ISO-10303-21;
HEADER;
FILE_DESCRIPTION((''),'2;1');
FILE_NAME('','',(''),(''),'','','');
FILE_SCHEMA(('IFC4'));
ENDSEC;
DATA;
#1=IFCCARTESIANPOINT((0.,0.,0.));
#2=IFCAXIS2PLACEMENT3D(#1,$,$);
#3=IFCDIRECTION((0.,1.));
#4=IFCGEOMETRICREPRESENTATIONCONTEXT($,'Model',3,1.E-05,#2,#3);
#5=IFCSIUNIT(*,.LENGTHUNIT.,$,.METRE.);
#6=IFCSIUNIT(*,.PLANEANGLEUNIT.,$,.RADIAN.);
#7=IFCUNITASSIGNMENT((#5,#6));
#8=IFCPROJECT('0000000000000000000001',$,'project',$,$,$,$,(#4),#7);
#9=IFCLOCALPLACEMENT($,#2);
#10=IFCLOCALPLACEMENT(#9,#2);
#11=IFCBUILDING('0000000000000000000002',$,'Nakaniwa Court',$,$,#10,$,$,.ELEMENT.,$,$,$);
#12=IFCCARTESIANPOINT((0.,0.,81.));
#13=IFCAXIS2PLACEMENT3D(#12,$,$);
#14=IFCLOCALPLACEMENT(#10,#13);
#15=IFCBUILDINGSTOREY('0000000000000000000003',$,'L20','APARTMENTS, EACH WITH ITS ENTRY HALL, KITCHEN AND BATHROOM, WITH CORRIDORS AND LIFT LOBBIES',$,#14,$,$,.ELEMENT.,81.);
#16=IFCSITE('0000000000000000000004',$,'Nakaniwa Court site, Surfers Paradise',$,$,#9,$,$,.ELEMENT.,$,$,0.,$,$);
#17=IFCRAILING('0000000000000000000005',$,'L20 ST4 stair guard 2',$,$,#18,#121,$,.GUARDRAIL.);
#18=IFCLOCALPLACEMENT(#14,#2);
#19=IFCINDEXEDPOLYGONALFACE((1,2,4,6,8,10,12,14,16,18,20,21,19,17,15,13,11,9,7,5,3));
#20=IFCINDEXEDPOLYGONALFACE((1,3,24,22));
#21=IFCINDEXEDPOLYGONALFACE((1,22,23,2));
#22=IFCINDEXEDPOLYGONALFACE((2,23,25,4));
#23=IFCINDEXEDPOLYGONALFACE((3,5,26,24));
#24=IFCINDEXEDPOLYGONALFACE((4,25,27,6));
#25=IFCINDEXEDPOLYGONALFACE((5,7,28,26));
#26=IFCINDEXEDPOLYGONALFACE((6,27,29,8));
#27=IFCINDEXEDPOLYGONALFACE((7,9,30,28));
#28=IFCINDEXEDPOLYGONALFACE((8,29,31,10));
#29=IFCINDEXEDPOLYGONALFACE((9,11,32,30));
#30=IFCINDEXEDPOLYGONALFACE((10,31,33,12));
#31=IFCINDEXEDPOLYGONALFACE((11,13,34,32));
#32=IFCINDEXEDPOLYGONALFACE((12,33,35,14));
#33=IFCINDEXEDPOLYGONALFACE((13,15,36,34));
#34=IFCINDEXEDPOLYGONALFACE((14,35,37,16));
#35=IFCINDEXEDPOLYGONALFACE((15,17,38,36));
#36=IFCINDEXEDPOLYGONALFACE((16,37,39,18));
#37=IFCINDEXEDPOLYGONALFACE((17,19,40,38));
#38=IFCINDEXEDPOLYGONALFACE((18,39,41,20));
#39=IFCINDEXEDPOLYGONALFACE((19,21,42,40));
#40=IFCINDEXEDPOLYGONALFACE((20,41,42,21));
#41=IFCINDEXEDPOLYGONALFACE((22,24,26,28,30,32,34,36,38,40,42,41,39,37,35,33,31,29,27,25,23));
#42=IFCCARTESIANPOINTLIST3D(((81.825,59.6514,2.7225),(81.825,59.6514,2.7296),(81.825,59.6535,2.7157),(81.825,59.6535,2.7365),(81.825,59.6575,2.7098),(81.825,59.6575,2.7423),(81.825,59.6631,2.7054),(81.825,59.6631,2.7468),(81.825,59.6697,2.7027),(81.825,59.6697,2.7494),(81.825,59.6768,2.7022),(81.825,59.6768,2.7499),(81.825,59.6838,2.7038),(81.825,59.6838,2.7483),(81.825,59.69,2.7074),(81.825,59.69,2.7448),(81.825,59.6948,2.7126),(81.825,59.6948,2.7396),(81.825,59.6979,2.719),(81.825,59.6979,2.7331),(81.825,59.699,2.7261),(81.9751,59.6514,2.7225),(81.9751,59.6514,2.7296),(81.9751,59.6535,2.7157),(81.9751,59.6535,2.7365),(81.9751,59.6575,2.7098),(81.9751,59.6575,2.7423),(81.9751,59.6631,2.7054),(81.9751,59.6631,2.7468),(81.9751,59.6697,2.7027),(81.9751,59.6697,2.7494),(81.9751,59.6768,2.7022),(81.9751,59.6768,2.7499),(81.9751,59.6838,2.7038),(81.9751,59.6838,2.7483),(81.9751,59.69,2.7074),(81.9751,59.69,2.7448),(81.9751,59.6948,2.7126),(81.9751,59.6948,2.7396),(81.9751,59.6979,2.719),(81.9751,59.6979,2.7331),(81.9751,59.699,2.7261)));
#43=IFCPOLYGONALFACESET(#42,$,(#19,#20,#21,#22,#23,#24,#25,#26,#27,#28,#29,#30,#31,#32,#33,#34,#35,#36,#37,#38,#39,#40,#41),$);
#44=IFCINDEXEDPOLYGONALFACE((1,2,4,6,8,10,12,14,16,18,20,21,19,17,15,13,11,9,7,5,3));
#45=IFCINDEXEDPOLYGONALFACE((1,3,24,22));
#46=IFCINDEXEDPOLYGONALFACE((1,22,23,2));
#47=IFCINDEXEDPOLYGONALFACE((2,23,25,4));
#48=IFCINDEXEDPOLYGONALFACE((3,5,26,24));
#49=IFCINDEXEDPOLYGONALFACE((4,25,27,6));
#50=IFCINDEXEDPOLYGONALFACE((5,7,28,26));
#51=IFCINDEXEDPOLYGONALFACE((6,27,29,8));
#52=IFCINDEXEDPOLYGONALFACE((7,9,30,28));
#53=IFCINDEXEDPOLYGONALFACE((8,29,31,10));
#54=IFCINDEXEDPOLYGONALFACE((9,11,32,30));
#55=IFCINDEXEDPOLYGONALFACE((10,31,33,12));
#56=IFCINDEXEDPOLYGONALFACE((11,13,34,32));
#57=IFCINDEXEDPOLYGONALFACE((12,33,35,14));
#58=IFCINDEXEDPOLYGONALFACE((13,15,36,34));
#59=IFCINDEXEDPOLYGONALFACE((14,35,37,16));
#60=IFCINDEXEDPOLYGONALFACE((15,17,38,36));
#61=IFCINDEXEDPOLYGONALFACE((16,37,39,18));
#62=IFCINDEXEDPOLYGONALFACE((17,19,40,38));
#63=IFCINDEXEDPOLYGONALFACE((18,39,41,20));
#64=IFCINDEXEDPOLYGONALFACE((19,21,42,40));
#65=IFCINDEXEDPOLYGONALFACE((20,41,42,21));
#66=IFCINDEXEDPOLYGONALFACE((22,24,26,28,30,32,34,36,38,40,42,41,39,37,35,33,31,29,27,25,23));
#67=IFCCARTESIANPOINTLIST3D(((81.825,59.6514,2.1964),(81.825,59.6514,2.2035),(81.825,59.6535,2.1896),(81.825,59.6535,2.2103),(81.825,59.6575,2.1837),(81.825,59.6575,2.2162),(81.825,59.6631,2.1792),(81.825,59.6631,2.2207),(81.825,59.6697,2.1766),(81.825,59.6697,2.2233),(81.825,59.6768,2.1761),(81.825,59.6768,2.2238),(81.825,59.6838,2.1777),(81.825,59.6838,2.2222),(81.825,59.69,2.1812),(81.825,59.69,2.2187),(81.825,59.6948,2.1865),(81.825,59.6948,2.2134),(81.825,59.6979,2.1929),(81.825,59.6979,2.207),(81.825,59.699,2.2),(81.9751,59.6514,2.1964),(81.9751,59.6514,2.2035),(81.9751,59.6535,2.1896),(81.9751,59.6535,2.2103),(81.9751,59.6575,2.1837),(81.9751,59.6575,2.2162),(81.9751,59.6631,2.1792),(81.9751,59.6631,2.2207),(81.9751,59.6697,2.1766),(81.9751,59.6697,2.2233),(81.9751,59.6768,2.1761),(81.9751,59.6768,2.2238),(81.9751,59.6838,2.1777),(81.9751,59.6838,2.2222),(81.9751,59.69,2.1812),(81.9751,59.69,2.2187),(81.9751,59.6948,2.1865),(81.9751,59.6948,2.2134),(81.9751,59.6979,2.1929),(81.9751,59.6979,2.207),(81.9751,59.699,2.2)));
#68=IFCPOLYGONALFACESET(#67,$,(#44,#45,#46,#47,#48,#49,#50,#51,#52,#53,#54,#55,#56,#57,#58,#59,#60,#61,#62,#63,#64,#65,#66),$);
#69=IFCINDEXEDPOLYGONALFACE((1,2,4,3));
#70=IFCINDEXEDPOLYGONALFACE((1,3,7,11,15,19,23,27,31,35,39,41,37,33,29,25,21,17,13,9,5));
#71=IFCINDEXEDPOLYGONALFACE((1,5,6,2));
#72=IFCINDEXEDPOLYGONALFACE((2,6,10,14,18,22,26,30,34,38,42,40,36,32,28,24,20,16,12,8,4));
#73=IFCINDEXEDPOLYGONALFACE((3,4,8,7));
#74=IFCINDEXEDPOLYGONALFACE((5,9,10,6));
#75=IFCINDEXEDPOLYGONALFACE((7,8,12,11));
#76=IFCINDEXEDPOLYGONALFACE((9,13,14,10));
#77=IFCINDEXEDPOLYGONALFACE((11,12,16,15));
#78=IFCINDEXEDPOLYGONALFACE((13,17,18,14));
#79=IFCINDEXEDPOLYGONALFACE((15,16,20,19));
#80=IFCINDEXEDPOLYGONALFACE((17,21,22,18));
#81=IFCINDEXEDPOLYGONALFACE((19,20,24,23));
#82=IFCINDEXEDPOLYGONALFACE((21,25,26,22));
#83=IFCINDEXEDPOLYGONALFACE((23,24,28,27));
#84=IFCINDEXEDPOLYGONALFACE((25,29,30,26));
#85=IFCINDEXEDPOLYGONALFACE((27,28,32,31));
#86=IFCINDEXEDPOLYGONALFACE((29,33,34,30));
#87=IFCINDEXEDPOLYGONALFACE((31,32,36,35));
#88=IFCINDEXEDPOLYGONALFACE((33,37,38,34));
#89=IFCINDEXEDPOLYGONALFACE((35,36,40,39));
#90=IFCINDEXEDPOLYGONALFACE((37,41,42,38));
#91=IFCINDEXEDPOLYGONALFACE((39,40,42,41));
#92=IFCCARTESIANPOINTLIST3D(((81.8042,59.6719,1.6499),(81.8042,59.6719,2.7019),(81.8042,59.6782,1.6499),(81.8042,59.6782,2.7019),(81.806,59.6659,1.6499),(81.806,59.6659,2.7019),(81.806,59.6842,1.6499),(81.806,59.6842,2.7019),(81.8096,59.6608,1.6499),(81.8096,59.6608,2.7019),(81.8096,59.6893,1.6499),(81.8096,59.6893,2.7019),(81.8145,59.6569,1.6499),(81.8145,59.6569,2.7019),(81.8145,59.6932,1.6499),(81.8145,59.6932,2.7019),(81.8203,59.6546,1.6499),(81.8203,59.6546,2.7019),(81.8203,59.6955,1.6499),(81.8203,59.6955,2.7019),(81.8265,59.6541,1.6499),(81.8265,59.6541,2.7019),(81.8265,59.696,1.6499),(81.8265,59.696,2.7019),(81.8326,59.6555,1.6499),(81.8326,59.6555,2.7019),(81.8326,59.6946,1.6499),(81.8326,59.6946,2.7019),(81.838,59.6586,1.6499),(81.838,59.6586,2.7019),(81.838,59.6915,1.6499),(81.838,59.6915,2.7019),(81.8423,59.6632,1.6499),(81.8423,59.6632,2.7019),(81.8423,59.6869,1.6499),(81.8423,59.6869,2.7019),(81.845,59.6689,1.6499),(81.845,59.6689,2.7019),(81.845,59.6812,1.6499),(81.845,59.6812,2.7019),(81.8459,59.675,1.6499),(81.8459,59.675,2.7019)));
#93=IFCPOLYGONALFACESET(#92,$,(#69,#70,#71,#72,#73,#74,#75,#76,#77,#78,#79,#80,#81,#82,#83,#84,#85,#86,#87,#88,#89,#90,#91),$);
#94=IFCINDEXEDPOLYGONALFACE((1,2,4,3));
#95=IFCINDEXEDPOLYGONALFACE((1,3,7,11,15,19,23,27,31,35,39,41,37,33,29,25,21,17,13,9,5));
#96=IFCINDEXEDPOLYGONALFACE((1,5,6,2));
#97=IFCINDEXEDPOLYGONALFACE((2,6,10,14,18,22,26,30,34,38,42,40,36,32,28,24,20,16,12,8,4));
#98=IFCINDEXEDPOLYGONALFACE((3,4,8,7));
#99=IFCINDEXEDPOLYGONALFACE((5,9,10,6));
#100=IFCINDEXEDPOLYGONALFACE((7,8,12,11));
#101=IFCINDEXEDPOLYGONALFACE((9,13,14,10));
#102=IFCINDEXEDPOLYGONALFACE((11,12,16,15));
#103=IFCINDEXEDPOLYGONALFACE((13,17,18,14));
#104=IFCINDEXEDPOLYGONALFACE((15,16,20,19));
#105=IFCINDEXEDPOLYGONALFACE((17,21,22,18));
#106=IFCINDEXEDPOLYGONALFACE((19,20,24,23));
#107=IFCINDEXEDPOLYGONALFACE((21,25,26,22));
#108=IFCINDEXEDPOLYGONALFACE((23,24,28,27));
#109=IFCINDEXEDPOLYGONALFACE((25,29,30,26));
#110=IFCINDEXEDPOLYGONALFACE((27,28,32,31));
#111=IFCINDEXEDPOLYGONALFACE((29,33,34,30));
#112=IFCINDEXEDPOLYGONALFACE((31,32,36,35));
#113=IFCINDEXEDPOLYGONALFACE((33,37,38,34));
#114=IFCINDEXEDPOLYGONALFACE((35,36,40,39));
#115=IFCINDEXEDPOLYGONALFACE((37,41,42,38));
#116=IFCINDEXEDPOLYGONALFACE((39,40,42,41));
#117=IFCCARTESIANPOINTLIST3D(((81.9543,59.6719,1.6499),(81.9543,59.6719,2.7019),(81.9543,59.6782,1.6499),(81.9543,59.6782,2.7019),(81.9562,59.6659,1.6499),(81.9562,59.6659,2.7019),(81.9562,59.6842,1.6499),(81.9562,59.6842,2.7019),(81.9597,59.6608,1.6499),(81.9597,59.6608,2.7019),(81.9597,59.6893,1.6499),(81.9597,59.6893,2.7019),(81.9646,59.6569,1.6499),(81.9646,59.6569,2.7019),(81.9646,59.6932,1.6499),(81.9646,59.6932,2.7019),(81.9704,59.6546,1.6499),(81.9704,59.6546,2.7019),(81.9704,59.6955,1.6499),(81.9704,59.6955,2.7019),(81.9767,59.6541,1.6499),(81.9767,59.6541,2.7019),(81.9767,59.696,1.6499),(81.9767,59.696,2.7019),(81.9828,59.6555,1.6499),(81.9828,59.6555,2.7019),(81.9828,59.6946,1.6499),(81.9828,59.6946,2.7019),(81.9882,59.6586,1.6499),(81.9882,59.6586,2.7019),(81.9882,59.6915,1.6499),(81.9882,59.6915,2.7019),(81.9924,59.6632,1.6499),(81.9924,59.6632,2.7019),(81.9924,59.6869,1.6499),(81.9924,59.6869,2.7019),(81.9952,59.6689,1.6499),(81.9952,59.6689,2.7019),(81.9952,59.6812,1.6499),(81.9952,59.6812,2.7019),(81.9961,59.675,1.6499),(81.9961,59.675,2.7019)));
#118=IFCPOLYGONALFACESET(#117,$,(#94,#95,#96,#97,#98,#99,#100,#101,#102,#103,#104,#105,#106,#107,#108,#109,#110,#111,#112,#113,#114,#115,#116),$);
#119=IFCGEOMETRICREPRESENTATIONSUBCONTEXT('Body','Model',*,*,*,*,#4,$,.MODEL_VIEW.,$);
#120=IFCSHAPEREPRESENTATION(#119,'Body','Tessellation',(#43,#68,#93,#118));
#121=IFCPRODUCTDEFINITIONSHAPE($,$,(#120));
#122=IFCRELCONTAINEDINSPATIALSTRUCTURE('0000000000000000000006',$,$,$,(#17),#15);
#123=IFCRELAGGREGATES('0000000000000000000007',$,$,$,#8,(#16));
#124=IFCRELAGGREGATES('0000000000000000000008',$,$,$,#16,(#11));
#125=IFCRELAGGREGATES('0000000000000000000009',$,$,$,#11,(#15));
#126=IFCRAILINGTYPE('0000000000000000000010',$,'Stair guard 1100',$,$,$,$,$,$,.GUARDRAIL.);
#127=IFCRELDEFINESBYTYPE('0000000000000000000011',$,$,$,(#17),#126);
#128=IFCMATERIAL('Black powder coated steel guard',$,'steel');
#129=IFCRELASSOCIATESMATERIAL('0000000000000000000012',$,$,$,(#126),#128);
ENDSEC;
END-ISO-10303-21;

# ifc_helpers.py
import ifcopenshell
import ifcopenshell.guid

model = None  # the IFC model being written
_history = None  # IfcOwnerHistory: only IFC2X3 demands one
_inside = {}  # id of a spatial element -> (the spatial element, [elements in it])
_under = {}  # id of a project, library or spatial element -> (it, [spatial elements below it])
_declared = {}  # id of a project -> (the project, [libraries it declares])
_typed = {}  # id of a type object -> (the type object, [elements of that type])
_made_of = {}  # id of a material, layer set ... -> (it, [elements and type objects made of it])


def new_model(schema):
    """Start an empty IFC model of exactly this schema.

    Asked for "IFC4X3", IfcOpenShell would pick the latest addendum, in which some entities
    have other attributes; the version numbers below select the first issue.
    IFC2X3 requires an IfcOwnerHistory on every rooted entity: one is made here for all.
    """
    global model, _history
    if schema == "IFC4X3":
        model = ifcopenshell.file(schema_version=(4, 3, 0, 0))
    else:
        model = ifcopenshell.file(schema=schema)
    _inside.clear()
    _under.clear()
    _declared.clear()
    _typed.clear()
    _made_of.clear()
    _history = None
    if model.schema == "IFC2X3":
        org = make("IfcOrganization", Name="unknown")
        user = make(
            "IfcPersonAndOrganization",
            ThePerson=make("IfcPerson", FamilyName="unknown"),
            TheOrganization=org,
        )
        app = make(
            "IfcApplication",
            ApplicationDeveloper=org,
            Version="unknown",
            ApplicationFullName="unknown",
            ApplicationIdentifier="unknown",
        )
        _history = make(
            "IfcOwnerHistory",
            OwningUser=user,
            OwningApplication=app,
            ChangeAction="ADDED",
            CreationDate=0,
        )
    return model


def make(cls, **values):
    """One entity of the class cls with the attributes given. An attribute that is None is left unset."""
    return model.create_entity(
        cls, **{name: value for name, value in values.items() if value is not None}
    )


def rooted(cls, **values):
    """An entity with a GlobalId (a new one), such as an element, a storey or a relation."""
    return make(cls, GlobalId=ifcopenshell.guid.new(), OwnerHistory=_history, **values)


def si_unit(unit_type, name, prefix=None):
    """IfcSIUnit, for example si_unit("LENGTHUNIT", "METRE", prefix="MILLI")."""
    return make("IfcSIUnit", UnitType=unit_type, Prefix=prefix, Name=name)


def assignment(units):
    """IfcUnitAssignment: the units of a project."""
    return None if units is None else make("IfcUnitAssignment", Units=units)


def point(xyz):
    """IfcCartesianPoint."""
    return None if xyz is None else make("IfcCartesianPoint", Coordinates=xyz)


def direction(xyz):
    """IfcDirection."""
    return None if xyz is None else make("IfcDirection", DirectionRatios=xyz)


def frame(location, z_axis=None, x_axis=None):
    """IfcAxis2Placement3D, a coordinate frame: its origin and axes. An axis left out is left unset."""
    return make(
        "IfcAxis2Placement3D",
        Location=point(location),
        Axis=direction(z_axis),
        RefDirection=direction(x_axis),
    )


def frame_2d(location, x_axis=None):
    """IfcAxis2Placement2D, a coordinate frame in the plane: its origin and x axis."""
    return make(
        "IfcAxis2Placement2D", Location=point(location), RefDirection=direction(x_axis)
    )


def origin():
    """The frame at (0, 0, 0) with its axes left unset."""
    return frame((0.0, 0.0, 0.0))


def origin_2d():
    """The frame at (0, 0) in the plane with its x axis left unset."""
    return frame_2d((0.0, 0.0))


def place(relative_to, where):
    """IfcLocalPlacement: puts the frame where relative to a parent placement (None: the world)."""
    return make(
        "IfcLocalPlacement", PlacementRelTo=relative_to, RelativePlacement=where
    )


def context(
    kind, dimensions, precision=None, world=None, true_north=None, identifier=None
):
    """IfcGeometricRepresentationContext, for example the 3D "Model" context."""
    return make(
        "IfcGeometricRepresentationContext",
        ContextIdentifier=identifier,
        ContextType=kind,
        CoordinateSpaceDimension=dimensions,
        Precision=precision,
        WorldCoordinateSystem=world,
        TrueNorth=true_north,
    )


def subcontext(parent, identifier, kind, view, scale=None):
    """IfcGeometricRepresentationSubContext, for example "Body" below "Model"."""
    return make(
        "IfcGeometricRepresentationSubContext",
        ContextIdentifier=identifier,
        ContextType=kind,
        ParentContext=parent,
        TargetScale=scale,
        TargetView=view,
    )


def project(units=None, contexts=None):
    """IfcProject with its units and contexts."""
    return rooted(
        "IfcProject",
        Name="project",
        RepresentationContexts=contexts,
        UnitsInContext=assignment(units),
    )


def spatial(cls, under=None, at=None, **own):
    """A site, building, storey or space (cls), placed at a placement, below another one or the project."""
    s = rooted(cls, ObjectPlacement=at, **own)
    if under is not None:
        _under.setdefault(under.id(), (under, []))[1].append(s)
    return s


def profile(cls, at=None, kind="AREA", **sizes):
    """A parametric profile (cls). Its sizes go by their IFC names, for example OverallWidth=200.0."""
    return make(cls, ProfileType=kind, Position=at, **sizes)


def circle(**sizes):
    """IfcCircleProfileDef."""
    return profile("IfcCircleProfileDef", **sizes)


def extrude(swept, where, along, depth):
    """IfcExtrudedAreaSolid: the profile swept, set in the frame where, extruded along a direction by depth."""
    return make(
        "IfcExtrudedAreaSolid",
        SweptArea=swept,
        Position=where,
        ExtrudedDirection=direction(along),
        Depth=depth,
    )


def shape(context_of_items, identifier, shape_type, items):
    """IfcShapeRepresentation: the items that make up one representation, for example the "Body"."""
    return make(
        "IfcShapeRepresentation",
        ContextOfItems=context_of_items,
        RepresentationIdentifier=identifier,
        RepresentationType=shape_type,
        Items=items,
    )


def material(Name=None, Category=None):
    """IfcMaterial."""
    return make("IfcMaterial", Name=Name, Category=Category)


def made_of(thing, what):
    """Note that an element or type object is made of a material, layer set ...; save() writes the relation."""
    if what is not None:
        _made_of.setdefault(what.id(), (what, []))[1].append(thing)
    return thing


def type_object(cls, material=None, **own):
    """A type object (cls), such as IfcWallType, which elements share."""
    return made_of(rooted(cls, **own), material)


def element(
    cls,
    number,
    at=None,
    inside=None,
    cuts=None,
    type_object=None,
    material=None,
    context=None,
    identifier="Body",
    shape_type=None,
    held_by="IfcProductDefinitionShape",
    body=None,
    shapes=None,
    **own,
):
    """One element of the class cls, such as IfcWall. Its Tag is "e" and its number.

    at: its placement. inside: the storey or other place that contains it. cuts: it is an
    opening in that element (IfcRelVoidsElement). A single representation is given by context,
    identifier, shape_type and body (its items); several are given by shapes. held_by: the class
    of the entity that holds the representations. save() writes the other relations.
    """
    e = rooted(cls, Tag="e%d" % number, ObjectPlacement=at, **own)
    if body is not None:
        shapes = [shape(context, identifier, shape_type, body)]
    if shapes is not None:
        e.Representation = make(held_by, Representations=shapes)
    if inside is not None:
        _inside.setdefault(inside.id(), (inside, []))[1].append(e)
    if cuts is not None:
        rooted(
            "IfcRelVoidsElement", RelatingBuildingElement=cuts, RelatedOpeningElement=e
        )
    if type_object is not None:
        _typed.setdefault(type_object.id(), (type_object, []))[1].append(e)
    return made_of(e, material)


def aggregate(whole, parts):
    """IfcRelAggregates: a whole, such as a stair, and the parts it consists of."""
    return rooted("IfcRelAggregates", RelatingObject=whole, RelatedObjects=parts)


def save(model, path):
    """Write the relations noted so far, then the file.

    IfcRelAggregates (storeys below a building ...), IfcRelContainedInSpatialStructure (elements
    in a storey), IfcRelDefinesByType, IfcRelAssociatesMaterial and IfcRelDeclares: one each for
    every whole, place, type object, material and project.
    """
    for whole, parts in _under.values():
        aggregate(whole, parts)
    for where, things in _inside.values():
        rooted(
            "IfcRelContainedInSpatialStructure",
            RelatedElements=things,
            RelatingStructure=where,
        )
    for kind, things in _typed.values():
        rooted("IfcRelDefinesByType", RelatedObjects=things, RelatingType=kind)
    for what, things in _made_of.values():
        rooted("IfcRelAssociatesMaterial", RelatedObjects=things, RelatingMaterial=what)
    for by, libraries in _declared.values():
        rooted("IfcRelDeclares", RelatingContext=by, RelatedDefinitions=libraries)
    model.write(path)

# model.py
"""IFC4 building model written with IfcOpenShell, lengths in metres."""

from ifc_helpers import new_model, si_unit, direction, frame, origin, origin_2d, place, context, subcontext, project, spatial, circle, extrude, material, type_object, element, save


model = new_model("IFC4")

# Units and contexts
model_context = context("Model", 3, precision=1e-05, world=origin(), true_north=direction((0.0, 1.0)))
body_context = subcontext(model_context, "Body", "Model", "MODEL_VIEW")
ifc_project = project(units=[si_unit("LENGTHUNIT", "METRE"), si_unit("PLANEANGLEUNIT", "RADIAN")], contexts=[model_context])

# Site, building, storey
site_placement = place(None, origin())
site = spatial("IfcSite", under=ifc_project, at=site_placement, Name="Nakaniwa Court site, Surfers Paradise", CompositionType="ELEMENT", RefElevation=0.0)
building_placement = place(site_placement, origin())
building = spatial("IfcBuilding", under=site, at=building_placement, Name="Nakaniwa Court", CompositionType="ELEMENT")
storey_placement = place(building_placement, frame((0.0, 0.0, 81.0)))
storey = spatial("IfcBuildingStorey", under=building, at=storey_placement, Name="L20", Description="APARTMENTS, EACH WITH ITS ENTRY HALL, KITCHEN AND BATHROOM, WITH CORRIDORS AND LIFT LOBBIES", CompositionType="ELEMENT", Elevation=81.0)

# Railing
ifc_material_1 = material(Name="Black powder coated steel guard", Category="steel")
railing_type_1 = type_object("IfcRailingType", Name="Stair guard 1100", PredefinedType="GUARDRAIL", material=ifc_material_1)
railing_1_placement = place(storey_placement, frame((81.825, 59.675, 1.6499)))
element("IfcRailing", 1, at=railing_1_placement, inside=storey, type_object=railing_type_1, Name="L20 ST4 stair guard 2", PredefinedType="GUARDRAIL", context=body_context, shape_type="SweptSolid", body=[
    extrude(circle(Radius=0.0239, at=origin_2d()), frame((0.0, 0.0, 1.0762), z_axis=(1.0, 0.0, 0.0), x_axis=(0.0, 1.0, 0.0)), (0.0, 0.0, 1.0), 0.1501),
    extrude(circle(Radius=0.0239, at=origin_2d()), frame((0.0, 0.0, 0.55), z_axis=(1.0, 0.0, 0.0), x_axis=(0.0, 1.0, 0.0)), (0.0, 0.0, 1.0), 0.1501),
    extrude(circle(Radius=0.021, at=origin_2d()), origin(), (0.0, 0.0, 1.0), 1.052),
    extrude(circle(Radius=0.021, at=origin_2d()), frame((0.1501, 0.0, 0.0)), (0.0, 0.0, 1.0), 1.052),
])

save(model, "model.ifc")
